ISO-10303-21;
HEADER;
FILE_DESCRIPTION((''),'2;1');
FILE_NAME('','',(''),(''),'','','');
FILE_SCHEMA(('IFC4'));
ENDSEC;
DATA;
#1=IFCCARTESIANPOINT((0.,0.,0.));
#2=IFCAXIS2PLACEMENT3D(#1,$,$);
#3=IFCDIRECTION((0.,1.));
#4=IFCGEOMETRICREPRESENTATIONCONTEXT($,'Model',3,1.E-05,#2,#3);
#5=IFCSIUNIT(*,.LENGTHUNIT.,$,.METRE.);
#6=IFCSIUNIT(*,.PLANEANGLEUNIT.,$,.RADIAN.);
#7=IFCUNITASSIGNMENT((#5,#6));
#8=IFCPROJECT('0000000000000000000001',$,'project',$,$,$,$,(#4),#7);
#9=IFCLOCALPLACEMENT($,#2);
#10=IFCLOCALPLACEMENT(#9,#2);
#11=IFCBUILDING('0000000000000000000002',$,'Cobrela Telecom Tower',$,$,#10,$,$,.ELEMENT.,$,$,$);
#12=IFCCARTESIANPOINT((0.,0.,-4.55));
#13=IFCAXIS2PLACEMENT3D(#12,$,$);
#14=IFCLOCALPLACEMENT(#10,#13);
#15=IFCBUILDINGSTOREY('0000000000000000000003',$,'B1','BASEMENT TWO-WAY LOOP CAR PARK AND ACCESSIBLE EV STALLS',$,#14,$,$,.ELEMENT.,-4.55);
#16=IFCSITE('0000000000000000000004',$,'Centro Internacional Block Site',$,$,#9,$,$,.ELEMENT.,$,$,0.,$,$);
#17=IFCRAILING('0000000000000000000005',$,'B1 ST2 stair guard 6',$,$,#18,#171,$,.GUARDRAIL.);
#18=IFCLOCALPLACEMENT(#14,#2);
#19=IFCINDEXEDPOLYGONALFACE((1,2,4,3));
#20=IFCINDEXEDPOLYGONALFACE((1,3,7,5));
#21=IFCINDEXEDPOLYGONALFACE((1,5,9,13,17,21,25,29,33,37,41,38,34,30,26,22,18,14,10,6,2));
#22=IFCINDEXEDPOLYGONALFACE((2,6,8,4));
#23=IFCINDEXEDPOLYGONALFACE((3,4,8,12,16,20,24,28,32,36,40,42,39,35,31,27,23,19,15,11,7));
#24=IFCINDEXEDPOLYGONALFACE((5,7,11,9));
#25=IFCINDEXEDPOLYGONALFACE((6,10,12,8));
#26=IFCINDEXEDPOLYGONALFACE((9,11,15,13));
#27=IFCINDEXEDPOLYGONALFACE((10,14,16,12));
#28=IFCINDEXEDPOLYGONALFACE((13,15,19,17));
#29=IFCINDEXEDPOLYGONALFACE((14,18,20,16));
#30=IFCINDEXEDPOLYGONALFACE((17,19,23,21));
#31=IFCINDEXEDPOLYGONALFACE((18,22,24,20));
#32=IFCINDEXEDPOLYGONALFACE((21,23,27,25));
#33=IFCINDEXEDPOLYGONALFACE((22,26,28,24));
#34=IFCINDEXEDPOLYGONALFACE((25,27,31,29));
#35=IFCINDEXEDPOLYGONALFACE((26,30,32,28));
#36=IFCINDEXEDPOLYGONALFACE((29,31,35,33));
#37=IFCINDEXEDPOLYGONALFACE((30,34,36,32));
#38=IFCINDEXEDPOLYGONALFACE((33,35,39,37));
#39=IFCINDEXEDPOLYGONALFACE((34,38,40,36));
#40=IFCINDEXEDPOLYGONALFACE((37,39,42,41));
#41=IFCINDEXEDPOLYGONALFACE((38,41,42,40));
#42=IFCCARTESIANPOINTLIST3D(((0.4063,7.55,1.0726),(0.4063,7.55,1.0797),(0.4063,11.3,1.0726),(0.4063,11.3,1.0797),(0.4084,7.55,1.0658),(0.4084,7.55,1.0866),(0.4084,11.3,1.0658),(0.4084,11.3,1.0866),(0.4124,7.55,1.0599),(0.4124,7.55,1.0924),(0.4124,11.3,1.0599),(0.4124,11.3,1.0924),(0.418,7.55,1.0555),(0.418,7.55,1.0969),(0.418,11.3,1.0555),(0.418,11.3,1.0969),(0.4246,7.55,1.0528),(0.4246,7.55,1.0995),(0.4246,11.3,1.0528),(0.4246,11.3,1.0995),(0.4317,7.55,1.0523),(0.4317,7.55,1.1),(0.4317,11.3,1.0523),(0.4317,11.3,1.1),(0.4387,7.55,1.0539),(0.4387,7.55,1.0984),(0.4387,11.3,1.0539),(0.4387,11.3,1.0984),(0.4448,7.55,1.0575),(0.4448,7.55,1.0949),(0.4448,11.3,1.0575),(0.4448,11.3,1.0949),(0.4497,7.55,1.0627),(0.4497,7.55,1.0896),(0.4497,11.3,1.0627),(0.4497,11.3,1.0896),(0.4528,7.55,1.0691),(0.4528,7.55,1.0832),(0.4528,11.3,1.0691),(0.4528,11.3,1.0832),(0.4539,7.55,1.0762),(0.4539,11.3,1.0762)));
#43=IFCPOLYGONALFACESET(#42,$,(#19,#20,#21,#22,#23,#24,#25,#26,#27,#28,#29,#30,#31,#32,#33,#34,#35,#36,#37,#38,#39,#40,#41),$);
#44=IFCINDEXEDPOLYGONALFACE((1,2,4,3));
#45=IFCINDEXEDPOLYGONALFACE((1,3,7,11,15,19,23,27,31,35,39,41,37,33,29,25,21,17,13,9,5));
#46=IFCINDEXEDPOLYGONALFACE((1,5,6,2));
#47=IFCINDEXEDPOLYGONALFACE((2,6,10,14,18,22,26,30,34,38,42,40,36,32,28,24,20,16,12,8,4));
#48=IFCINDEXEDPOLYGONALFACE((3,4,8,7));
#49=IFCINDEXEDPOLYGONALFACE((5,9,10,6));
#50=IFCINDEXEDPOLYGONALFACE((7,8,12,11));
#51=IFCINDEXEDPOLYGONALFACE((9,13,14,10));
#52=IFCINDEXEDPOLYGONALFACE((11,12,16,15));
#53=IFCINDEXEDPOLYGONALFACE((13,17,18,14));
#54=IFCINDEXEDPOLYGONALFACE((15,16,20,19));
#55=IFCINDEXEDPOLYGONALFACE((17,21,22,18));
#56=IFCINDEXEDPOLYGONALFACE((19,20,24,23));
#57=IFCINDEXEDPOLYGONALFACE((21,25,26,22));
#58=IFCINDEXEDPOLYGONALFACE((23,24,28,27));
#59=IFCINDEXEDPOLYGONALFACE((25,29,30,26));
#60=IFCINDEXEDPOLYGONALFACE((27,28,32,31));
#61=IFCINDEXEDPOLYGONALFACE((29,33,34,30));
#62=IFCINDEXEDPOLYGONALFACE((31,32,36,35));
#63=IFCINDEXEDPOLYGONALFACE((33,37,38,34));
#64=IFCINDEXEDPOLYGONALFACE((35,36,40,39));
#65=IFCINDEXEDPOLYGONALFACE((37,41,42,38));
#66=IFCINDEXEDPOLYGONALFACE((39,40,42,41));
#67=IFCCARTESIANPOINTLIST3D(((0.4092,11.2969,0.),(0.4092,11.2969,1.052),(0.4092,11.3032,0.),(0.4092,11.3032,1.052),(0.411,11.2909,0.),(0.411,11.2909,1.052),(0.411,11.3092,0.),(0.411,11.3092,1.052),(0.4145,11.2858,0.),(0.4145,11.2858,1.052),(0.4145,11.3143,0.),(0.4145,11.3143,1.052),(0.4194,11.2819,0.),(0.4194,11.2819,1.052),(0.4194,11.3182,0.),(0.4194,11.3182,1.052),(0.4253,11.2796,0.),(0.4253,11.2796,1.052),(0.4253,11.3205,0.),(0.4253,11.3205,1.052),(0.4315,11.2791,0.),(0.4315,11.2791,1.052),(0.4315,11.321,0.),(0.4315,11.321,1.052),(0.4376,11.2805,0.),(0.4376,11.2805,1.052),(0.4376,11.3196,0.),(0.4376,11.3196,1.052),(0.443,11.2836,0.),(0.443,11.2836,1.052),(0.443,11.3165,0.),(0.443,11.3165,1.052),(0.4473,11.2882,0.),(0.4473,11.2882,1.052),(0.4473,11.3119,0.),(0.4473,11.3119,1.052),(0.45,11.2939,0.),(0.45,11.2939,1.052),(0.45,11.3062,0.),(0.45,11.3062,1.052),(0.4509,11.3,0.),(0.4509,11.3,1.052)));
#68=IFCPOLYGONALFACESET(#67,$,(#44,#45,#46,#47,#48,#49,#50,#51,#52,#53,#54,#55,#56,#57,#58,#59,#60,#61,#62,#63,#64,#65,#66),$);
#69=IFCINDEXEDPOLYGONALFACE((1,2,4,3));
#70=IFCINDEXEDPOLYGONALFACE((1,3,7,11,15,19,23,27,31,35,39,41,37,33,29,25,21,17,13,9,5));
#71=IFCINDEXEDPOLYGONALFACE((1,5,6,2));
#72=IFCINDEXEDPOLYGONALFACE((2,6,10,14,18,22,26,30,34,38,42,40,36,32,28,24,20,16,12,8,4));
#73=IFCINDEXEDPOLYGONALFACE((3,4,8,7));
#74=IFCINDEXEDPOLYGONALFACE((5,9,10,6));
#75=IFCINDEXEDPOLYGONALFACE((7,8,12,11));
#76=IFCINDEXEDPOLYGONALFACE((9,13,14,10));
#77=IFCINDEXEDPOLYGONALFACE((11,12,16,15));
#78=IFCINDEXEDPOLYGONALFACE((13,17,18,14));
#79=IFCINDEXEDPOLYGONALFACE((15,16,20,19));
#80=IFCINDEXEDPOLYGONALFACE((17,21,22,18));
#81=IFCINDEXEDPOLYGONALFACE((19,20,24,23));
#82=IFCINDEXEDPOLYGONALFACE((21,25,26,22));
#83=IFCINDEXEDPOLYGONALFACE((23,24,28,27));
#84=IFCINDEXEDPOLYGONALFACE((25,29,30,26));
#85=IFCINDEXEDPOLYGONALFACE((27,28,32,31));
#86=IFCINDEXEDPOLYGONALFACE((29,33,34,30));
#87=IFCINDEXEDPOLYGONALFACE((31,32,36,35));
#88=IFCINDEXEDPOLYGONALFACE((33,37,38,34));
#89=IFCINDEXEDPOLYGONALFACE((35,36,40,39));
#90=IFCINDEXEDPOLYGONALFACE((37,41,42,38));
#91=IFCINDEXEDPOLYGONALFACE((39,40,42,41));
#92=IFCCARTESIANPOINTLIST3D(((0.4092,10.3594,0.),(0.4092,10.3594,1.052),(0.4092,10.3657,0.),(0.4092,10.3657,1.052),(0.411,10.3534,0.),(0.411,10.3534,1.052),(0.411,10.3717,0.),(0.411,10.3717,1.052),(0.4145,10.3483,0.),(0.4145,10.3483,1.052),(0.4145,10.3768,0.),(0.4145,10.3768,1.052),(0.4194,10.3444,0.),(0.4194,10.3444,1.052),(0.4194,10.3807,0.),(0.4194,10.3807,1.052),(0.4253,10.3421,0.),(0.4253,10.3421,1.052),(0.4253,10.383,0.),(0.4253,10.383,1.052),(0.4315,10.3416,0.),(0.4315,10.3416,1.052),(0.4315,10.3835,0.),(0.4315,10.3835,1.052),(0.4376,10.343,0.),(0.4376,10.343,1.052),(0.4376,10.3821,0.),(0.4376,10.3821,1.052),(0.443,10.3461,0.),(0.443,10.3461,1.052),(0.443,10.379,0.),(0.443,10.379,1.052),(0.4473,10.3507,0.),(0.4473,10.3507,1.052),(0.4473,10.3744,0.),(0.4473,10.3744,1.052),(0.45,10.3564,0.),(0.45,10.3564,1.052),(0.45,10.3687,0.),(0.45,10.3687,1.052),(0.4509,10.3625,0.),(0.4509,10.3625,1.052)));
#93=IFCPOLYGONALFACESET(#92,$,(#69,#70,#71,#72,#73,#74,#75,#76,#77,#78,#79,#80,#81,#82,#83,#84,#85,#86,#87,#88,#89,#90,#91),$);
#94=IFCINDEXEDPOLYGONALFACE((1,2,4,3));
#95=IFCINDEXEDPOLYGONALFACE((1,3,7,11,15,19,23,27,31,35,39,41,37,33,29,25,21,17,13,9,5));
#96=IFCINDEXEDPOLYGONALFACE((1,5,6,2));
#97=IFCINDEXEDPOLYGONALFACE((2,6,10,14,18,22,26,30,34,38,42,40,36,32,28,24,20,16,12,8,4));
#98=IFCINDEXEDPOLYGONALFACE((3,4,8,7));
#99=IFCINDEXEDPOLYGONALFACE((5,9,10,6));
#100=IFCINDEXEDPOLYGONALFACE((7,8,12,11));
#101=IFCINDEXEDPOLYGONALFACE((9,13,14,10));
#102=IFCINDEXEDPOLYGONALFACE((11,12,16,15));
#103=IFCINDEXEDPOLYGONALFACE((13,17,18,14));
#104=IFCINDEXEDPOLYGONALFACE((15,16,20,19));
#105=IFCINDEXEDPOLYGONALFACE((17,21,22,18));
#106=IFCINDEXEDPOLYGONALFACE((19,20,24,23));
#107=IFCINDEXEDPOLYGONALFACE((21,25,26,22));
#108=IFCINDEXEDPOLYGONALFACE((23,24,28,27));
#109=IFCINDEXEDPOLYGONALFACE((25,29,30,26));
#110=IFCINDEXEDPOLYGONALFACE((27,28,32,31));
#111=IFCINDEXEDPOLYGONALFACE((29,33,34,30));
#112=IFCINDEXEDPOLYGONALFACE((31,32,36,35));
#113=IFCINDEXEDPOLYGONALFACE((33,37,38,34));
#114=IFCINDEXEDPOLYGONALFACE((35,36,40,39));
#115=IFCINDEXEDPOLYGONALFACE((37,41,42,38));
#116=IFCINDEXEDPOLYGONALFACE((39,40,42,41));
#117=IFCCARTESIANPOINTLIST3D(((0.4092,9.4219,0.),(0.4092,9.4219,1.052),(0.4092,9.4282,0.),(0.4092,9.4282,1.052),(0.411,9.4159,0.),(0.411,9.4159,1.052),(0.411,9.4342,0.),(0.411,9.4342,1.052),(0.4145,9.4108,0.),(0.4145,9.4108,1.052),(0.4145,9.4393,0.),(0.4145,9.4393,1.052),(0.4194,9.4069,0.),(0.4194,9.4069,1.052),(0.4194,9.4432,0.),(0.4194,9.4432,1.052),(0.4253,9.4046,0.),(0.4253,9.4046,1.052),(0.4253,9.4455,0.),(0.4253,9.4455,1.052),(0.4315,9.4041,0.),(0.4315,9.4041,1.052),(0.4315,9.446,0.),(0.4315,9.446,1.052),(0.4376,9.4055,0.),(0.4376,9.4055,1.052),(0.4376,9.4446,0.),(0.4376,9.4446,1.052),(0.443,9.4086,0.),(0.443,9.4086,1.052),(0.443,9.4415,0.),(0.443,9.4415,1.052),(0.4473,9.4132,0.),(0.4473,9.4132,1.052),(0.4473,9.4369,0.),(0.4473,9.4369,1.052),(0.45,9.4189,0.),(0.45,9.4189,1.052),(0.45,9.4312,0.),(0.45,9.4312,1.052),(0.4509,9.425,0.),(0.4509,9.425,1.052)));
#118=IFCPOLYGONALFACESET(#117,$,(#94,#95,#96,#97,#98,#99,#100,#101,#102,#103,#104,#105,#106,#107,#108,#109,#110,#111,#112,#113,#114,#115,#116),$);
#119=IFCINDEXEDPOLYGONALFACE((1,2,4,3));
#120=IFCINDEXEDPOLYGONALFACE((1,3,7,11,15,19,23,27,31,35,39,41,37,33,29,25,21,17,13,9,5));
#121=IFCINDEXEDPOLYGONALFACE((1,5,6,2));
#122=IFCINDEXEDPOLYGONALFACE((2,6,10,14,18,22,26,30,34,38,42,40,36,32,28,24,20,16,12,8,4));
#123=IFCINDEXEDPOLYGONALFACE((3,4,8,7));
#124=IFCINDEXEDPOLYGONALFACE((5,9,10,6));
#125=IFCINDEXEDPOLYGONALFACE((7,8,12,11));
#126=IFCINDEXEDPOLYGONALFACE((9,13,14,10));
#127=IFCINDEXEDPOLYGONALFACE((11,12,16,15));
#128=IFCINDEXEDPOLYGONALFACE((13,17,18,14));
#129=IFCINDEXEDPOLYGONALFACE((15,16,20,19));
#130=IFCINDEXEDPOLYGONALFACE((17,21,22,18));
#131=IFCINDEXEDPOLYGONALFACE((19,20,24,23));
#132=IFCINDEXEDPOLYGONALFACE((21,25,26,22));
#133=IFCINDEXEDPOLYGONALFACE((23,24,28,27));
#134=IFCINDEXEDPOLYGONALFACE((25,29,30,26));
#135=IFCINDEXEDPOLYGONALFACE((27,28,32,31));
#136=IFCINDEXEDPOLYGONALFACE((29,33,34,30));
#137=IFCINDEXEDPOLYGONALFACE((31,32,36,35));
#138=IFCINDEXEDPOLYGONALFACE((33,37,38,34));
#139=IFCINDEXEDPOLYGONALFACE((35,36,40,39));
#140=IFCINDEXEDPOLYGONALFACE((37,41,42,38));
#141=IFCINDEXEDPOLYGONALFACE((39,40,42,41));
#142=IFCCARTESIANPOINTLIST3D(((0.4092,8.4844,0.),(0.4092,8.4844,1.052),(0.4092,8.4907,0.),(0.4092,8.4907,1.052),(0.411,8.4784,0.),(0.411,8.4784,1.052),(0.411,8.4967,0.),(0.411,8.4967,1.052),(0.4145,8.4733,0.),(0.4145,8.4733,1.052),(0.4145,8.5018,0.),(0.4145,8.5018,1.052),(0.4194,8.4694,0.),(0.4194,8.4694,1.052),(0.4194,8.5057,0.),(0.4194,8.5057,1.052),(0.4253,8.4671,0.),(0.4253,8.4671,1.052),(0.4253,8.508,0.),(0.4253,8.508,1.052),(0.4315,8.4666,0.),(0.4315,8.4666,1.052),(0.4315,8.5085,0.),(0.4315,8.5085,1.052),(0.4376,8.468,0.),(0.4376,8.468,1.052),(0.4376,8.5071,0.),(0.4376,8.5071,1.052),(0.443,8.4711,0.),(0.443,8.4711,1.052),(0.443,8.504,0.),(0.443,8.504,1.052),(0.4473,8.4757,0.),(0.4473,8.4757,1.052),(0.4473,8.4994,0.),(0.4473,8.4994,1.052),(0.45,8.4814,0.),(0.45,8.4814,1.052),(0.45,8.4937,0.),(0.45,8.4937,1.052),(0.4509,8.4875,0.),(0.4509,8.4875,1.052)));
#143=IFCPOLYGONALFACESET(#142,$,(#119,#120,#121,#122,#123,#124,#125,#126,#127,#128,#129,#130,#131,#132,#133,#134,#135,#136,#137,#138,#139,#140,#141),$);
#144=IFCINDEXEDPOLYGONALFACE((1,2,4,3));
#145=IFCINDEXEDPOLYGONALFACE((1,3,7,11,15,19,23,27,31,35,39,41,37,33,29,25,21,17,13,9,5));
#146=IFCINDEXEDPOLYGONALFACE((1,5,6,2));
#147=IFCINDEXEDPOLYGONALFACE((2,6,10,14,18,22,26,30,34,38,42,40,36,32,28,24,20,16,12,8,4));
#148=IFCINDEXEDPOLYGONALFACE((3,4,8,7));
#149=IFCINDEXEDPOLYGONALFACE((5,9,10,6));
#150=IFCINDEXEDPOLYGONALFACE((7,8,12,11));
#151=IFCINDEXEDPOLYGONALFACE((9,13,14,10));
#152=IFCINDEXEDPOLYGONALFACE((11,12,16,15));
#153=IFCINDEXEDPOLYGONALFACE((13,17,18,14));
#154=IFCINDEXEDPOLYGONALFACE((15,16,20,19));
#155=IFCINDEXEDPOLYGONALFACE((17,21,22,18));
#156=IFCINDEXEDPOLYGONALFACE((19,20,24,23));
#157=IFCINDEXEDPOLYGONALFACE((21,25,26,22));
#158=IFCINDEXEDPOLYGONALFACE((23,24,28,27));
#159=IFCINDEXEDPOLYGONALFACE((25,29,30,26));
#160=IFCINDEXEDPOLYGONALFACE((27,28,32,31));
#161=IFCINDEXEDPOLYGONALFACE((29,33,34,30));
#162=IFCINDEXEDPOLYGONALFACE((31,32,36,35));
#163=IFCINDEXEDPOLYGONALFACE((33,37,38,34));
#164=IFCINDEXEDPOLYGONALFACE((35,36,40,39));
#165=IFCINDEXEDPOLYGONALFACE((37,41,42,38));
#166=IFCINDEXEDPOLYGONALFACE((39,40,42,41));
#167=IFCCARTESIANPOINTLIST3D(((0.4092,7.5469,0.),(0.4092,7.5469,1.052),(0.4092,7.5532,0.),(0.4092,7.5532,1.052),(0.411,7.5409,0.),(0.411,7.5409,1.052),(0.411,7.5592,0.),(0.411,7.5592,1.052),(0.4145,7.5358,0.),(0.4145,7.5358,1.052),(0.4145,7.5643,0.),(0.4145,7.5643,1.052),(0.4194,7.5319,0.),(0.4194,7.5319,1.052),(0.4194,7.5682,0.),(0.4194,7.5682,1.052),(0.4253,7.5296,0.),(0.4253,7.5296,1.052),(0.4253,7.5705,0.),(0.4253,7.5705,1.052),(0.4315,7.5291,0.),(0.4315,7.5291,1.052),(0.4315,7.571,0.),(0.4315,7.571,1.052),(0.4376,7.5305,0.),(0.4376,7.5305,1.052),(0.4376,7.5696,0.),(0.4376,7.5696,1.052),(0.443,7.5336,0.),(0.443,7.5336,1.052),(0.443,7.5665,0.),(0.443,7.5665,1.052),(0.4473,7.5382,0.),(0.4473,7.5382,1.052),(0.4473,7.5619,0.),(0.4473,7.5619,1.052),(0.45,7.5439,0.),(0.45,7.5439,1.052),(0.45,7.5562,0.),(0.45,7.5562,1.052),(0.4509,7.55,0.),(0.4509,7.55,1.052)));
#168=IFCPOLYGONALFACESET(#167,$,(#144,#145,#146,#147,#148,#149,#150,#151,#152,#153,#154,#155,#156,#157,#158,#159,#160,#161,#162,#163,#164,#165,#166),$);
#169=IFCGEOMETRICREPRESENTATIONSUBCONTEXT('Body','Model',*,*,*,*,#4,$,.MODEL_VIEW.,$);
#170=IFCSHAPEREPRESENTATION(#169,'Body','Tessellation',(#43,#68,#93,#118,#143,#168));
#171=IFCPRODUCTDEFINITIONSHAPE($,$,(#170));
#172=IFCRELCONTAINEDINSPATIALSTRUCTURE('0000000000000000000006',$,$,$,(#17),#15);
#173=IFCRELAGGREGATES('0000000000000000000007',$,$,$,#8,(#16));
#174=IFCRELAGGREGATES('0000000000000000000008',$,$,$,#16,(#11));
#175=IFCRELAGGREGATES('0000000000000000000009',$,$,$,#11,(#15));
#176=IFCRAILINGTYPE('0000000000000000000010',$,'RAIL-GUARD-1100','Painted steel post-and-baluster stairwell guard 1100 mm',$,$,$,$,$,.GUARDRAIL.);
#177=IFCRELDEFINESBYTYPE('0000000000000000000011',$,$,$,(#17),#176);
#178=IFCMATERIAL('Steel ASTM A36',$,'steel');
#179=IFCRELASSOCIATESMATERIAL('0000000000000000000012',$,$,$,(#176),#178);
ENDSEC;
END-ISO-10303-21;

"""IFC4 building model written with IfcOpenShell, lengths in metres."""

from ifc_helpers import new_model, si_unit, direction, frame, origin, origin_2d, place, context, subcontext, project, spatial, circle, extrude, material, type_object, element, save


model = new_model("IFC4")

# Units and contexts
model_context = context("Model", 3, precision=1e-05, world=origin(), true_north=direction((0.0, 1.0)))
body_context = subcontext(model_context, "Body", "Model", "MODEL_VIEW")
ifc_project = project(units=[si_unit("LENGTHUNIT", "METRE"), si_unit("PLANEANGLEUNIT", "RADIAN")], contexts=[model_context])

# Site, building, storey
site_placement = place(None, origin())
site = spatial("IfcSite", under=ifc_project, at=site_placement, Name="Centro Internacional Block Site", CompositionType="ELEMENT", RefElevation=0.0)
building_placement = place(site_placement, origin())
building = spatial("IfcBuilding", under=site, at=building_placement, Name="Cobrela Telecom Tower", CompositionType="ELEMENT")
storey_placement = place(building_placement, frame((0.0, 0.0, -4.55)))
storey = spatial("IfcBuildingStorey", under=building, at=storey_placement, Name="B1", Description="BASEMENT TWO-WAY LOOP CAR PARK AND ACCESSIBLE EV STALLS", CompositionType="ELEMENT", Elevation=-4.55)

# Shared definitions
ifc_material_1 = material(Name="Steel ASTM A36", Category="steel")

# Railing
railing_type_1 = type_object("IfcRailingType", Name="RAIL-GUARD-1100", Description="Painted steel post-and-baluster stairwell guard 1100 mm", PredefinedType="GUARDRAIL", material=ifc_material_1)
railing_1_placement = place(storey_placement, frame((0.4299, 11.3, 0.0)))
element("IfcRailing", 1, at=railing_1_placement, inside=storey, type_object=railing_type_1, Name="B1 ST2 stair guard 6", PredefinedType="GUARDRAIL", context=body_context, shape_type="SweptSolid", body=[
    extrude(circle(Radius=0.0239, at=origin_2d()), frame((0.0, 0.0, 1.0762), z_axis=(0.0, -1.0, 0.0), x_axis=(1.0, 0.0, 0.0)), (0.0, 0.0, 1.0), 3.75),
    extrude(circle(Radius=0.021, at=origin_2d()), origin(), (0.0, 0.0, 1.0), 1.052),
    extrude(circle(Radius=0.021, at=origin_2d()), frame((0.0, -0.9375, 0.0)), (0.0, 0.0, 1.0), 1.052),
    extrude(circle(Radius=0.021, at=origin_2d()), frame((0.0, -1.875, 0.0)), (0.0, 0.0, 1.0), 1.052),
    extrude(circle(Radius=0.021, at=origin_2d()), frame((0.0, -2.8125, 0.0)), (0.0, 0.0, 1.0), 1.052),
    extrude(circle(Radius=0.021, at=origin_2d()), frame((0.0, -3.75, 0.0)), (0.0, 0.0, 1.0), 1.052),
])

save(model, "model.ifc")
